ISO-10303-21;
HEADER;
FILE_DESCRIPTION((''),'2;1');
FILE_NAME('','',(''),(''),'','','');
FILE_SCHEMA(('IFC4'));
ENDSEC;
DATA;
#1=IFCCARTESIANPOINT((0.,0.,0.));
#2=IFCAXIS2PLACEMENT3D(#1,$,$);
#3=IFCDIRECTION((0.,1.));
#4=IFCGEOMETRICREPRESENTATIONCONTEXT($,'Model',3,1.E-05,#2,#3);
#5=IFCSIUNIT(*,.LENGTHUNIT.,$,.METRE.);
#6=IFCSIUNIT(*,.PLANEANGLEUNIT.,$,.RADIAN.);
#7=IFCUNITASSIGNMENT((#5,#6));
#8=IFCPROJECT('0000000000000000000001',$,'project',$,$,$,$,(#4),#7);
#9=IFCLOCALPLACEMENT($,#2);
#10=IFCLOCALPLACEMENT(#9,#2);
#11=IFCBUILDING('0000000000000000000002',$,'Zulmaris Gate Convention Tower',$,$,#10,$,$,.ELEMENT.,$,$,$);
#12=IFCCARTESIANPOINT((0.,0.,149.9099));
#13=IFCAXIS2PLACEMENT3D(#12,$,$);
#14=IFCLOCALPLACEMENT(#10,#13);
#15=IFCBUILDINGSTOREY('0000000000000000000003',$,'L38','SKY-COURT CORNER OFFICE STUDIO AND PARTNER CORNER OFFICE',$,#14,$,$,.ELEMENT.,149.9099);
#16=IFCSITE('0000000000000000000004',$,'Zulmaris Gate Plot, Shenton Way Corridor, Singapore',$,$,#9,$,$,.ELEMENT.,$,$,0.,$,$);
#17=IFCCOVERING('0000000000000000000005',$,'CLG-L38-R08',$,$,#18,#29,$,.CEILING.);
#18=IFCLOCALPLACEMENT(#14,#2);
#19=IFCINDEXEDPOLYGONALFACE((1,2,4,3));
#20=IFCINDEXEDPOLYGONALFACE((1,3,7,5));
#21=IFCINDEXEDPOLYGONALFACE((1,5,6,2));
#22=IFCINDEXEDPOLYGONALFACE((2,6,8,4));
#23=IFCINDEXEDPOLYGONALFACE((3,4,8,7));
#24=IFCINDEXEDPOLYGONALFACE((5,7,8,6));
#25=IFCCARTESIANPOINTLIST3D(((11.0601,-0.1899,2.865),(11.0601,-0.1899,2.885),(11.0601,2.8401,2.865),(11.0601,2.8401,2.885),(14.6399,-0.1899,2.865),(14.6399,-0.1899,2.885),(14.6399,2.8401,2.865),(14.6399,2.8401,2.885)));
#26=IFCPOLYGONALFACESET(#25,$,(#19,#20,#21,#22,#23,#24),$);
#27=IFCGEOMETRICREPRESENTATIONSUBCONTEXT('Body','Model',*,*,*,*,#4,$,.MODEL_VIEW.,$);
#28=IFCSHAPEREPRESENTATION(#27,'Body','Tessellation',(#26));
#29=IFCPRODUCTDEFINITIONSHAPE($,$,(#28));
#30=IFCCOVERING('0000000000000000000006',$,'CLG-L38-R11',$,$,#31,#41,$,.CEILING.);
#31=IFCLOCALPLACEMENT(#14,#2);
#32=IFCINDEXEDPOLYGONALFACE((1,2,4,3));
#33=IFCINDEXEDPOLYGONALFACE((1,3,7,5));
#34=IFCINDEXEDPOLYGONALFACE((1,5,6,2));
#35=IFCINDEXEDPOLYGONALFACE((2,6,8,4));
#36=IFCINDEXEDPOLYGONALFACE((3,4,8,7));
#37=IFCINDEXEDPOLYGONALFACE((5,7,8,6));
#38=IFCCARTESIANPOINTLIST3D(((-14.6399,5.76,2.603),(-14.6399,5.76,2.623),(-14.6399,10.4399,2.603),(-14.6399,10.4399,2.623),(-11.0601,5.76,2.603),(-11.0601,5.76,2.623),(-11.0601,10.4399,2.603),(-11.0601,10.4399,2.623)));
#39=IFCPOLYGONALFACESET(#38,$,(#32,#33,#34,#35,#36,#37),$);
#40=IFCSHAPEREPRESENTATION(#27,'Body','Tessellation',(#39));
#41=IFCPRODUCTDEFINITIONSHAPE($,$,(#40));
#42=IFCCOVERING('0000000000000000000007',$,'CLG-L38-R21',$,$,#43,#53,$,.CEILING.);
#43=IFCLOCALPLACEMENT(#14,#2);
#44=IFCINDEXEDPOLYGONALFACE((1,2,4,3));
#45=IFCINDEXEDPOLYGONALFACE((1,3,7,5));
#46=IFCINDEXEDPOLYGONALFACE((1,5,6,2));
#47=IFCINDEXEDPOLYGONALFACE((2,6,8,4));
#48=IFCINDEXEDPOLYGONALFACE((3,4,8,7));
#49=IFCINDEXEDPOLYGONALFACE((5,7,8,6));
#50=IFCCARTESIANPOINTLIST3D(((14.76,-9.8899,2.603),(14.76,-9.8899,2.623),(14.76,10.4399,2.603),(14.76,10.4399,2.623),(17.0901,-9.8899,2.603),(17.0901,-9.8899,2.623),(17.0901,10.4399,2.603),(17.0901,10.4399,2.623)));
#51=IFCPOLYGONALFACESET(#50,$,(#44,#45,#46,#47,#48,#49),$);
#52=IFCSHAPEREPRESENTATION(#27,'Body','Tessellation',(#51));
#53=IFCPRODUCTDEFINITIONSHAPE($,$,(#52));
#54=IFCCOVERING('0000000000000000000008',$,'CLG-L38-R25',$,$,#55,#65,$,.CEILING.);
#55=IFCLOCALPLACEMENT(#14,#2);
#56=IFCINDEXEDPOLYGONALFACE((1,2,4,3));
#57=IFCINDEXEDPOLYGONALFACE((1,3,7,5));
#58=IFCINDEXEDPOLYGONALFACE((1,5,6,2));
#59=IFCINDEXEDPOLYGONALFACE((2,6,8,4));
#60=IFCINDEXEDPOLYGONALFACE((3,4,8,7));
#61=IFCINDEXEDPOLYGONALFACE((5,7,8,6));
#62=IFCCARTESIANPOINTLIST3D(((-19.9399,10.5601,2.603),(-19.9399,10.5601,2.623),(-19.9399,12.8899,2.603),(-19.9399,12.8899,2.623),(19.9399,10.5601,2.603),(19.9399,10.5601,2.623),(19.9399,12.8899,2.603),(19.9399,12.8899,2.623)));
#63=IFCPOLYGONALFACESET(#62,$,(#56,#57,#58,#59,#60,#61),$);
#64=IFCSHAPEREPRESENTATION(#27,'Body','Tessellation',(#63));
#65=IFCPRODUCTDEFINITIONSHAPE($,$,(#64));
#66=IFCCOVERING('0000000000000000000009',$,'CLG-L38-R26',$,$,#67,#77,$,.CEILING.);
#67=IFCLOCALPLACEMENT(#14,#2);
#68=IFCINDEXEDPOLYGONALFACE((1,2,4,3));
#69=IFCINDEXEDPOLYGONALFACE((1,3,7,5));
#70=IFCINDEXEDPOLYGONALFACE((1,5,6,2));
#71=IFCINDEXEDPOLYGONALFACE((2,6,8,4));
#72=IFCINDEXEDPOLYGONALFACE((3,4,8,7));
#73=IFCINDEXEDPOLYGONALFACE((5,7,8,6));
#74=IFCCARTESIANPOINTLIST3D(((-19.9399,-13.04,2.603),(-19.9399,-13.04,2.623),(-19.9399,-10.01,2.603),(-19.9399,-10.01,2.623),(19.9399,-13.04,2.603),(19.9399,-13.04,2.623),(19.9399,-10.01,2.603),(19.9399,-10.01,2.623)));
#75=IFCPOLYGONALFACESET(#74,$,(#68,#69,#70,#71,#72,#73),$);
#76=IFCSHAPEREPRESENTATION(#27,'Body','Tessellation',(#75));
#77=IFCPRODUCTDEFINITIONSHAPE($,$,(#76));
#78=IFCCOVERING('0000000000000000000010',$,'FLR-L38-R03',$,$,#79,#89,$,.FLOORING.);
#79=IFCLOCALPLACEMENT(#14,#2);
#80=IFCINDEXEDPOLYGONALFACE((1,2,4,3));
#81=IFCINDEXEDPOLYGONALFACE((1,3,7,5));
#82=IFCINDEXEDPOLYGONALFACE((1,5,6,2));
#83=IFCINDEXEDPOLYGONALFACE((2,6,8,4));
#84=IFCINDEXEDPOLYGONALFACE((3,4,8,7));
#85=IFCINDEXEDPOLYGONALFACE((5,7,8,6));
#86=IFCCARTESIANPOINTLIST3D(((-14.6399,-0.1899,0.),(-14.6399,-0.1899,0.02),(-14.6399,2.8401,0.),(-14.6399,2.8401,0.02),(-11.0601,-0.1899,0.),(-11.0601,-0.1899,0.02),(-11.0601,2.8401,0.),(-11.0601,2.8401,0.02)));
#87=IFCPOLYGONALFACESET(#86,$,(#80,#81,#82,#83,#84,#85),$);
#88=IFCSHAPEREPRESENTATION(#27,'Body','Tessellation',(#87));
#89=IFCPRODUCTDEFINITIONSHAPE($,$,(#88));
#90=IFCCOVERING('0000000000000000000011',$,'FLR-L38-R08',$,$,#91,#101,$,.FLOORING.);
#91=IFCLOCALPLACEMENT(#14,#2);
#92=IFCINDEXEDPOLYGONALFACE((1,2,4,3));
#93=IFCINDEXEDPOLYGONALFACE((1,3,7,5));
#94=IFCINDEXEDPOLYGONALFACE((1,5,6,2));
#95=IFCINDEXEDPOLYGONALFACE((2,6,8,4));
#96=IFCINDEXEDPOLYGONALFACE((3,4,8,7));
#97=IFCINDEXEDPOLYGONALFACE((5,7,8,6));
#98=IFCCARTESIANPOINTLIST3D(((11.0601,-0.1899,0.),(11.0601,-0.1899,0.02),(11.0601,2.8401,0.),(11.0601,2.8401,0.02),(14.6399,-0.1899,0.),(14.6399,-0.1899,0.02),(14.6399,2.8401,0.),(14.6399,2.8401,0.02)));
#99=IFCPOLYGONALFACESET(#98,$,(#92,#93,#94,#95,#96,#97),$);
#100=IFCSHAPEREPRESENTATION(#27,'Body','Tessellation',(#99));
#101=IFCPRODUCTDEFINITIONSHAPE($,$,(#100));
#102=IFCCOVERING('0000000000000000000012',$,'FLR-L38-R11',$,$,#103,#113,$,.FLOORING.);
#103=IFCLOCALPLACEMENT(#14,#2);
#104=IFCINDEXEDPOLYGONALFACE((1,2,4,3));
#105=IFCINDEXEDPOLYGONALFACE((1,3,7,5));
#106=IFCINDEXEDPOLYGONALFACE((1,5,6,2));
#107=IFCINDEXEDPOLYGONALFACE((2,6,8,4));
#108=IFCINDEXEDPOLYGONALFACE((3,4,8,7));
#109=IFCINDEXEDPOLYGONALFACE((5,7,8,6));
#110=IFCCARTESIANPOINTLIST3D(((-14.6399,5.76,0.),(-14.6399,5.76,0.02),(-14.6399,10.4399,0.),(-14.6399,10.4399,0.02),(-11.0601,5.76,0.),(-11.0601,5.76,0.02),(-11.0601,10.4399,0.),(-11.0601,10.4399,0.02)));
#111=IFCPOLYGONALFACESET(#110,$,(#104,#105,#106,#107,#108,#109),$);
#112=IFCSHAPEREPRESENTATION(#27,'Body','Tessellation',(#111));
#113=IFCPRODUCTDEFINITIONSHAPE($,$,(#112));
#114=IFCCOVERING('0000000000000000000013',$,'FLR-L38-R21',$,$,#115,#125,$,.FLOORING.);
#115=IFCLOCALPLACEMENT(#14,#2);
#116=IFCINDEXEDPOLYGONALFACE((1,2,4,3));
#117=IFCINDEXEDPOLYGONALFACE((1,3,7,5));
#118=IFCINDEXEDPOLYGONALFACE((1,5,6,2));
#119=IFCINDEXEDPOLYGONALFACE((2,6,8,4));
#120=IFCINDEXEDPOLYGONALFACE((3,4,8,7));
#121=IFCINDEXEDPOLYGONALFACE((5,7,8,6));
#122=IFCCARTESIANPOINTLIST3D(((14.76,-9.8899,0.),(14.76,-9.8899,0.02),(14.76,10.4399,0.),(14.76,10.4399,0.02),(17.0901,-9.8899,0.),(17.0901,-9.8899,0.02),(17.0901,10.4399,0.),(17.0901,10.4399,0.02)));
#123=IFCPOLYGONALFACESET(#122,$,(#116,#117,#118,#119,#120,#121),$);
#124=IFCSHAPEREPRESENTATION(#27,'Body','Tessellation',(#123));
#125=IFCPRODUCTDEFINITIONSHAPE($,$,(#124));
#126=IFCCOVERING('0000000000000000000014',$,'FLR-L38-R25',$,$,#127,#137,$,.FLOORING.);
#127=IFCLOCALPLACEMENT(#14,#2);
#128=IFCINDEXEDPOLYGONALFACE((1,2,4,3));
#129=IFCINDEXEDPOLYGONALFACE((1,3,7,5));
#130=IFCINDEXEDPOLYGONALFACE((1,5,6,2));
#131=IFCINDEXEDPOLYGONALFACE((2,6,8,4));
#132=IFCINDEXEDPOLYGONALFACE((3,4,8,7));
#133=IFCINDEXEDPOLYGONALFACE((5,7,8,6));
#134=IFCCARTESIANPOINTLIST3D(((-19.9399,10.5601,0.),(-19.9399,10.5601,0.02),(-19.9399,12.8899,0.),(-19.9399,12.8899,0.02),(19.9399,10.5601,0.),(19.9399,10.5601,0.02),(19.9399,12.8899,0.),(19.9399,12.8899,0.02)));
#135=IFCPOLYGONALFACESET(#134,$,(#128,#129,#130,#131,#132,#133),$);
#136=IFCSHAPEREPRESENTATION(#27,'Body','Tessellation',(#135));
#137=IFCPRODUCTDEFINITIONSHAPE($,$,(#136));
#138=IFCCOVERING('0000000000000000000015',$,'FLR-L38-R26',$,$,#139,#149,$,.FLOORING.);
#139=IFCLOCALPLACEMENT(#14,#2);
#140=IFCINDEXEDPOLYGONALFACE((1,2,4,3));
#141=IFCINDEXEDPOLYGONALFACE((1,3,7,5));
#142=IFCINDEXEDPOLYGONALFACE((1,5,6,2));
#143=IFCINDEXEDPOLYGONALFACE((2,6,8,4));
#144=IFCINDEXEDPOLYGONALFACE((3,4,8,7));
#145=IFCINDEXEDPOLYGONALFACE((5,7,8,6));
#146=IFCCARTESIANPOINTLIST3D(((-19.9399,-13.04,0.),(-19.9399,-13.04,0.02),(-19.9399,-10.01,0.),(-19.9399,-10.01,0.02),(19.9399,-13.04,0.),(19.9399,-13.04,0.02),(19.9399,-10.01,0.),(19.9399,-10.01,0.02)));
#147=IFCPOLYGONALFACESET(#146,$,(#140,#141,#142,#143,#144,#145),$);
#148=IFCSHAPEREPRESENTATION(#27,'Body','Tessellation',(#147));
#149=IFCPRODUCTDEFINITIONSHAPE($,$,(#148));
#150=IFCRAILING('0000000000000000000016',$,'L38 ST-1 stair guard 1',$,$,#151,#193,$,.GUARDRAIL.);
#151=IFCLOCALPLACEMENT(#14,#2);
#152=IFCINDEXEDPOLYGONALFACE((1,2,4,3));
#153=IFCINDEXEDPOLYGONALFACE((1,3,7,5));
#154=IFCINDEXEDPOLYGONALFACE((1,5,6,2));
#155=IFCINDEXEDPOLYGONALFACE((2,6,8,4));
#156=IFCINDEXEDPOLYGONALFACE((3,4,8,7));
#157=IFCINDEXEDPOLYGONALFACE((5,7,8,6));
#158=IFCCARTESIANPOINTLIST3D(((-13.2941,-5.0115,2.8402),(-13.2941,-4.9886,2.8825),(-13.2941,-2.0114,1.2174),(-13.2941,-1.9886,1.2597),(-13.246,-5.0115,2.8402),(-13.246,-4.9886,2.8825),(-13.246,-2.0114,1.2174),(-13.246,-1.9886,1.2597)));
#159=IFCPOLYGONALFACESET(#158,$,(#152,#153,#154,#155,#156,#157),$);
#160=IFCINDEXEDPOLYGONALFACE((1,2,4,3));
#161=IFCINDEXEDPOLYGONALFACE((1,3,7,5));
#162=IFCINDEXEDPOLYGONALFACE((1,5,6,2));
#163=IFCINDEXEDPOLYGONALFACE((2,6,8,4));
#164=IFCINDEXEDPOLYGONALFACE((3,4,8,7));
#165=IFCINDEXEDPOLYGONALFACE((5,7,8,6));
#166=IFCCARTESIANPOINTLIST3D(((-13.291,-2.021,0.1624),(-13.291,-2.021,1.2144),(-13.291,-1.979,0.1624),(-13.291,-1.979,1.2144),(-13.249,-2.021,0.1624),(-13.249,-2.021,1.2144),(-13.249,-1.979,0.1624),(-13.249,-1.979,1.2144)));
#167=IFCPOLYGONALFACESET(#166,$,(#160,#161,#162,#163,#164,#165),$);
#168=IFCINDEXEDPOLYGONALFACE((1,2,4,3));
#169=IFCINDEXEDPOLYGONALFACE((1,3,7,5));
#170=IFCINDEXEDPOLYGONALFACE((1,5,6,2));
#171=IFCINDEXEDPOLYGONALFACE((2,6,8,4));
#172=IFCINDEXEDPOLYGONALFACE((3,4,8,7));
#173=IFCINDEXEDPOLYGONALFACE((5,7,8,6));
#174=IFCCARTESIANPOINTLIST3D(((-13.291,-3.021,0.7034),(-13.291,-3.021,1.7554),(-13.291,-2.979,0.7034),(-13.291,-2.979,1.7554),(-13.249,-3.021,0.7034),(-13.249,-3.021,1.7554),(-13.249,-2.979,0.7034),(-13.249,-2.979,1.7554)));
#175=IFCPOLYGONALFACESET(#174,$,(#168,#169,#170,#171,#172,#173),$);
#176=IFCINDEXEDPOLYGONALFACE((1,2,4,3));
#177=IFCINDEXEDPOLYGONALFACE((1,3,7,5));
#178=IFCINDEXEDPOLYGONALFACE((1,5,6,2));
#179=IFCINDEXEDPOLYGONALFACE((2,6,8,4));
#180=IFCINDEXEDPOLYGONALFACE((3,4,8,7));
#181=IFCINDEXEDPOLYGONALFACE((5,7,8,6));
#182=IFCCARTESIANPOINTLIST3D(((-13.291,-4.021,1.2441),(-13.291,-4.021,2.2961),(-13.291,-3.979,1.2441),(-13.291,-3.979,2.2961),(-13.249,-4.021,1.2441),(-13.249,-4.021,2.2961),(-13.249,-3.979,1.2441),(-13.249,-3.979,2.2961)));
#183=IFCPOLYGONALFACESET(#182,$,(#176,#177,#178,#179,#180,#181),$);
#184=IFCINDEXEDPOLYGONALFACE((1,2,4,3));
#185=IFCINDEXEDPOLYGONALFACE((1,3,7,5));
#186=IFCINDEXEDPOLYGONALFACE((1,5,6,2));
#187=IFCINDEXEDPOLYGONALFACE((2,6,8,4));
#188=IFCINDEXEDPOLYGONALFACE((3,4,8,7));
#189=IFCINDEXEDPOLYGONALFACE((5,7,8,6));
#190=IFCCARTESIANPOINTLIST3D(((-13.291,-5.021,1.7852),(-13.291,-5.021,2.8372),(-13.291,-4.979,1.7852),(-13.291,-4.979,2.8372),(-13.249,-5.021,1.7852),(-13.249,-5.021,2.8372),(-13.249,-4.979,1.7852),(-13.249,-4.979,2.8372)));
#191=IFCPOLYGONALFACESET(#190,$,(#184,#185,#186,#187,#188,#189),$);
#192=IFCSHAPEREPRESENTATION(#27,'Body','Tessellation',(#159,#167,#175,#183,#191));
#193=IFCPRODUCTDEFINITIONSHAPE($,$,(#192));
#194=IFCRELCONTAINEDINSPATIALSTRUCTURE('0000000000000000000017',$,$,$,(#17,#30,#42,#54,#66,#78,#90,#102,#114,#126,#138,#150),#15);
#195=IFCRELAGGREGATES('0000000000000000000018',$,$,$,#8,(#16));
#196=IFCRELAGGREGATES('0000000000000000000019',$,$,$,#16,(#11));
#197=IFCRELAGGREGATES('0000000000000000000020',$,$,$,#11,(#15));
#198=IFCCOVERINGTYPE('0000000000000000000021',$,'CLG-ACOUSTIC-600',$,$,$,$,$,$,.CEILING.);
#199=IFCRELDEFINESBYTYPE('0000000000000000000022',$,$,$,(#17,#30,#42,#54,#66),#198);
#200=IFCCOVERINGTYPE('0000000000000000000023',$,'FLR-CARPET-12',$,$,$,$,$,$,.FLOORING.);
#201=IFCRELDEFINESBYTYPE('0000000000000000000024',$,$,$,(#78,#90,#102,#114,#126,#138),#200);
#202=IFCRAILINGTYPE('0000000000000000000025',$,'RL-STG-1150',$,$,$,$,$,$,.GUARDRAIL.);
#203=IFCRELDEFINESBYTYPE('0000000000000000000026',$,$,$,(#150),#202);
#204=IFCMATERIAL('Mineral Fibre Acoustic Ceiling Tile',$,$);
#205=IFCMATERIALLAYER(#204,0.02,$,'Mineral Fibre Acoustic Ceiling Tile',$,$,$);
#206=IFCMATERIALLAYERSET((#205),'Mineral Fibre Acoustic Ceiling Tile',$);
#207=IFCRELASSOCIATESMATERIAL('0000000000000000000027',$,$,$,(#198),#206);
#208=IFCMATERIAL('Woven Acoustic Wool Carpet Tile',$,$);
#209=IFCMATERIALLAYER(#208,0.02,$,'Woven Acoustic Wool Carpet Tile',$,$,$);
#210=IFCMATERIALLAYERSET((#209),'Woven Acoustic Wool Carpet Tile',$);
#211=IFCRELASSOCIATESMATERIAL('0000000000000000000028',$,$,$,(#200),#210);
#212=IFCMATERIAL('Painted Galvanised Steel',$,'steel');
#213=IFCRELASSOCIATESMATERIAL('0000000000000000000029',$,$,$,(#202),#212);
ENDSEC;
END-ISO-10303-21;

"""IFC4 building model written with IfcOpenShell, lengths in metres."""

from ifc_helpers import new_model, si_unit, direction, frame, origin, origin_2d, place, context, subcontext, project, spatial, polyline, rectangle, outline, extrude, material, layer, layer_set, type_object, element, save


model = new_model("IFC4")

# Units and contexts
model_context = context("Model", 3, precision=1e-05, world=origin(), true_north=direction((0.0, 1.0)))
body_context = subcontext(model_context, "Body", "Model", "MODEL_VIEW")
ifc_project = project(units=[si_unit("LENGTHUNIT", "METRE"), si_unit("PLANEANGLEUNIT", "RADIAN")], contexts=[model_context])

# Site, building, storey
site_placement = place(None, origin())
site = spatial("IfcSite", under=ifc_project, at=site_placement, Name="Zulmaris Gate Plot, Shenton Way Corridor, Singapore", CompositionType="ELEMENT", RefElevation=0.0)
building_placement = place(site_placement, origin())
building = spatial("IfcBuilding", under=site, at=building_placement, Name="Zulmaris Gate Convention Tower", CompositionType="ELEMENT")
storey_placement = place(building_placement, frame((0.0, 0.0, 149.9099)))
storey = spatial("IfcBuildingStorey", under=building, at=storey_placement, Name="L38", Description="SKY-COURT CORNER OFFICE STUDIO AND PARTNER CORNER OFFICE", CompositionType="ELEMENT", Elevation=149.9099)

# Coverings
ifc_material_1 = material(Name="Mineral Fibre Acoustic Ceiling Tile")
ifc_layer_1 = layer(ifc_material_1, 0.02, Name="Mineral Fibre Acoustic Ceiling Tile")
ifc_layer_set_1 = layer_set([ifc_layer_1], Name="Mineral Fibre Acoustic Ceiling Tile")
covering_type_1 = type_object("IfcCoveringType", Name="CLG-ACOUSTIC-600", PredefinedType="CEILING", material=ifc_layer_set_1)
covering_1_placement = place(storey_placement, frame((0.0, 0.0, 2.865)))
element("IfcCovering", 1, at=covering_1_placement, inside=storey, type_object=covering_type_1, Name="CLG-L38-R08", PredefinedType="CEILING", context=body_context, shape_type="SweptSolid", body=[
    extrude(outline(polyline([(11.0601, -0.1899), (14.6399, -0.1899), (14.6399, 2.8401), (11.0601, 2.8401), (11.0601, -0.1899)])), origin(), (0.0, 0.0, 1.0), 0.02),
])
covering_2_placement = place(storey_placement, frame((0.0, 0.0, 2.603)))
element("IfcCovering", 2, at=covering_2_placement, inside=storey, type_object=covering_type_1, Name="CLG-L38-R11", PredefinedType="CEILING", context=body_context, shape_type="SweptSolid", body=[
    extrude(outline(polyline([(-14.6399, 5.76), (-11.0601, 5.76), (-11.0601, 10.4399), (-14.6399, 10.4399), (-14.6399, 5.76)])), origin(), (0.0, 0.0, 1.0), 0.02),
])
covering_3_placement = place(storey_placement, frame((0.0, 0.0, 2.603)))
element("IfcCovering", 3, at=covering_3_placement, inside=storey, type_object=covering_type_1, Name="CLG-L38-R21", PredefinedType="CEILING", context=body_context, shape_type="SweptSolid", body=[
    extrude(outline(polyline([(14.76, -9.8899), (17.0901, -9.8899), (17.0901, 10.4399), (14.76, 10.4399), (14.76, -9.8899)])), origin(), (0.0, 0.0, 1.0), 0.02),
])
covering_4_placement = place(storey_placement, frame((0.0, 0.0, 2.603)))
element("IfcCovering", 4, at=covering_4_placement, inside=storey, type_object=covering_type_1, Name="CLG-L38-R25", PredefinedType="CEILING", context=body_context, shape_type="SweptSolid", body=[
    extrude(outline(polyline([(-19.9399, 10.5601), (19.9399, 10.5601), (19.9399, 12.8899), (-19.9399, 12.8899), (-19.9399, 10.5601)])), origin(), (0.0, 0.0, 1.0), 0.02),
])
covering_5_placement = place(storey_placement, frame((0.0, 0.0, 2.603)))
element("IfcCovering", 5, at=covering_5_placement, inside=storey, type_object=covering_type_1, Name="CLG-L38-R26", PredefinedType="CEILING", context=body_context, shape_type="SweptSolid", body=[
    extrude(outline(polyline([(-19.9399, -13.04), (19.9399, -13.04), (19.9399, -10.01), (-19.9399, -10.01), (-19.9399, -13.04)])), origin(), (0.0, 0.0, 1.0), 0.02),
])
ifc_material_2 = material(Name="Woven Acoustic Wool Carpet Tile")
ifc_layer_2 = layer(ifc_material_2, 0.02, Name="Woven Acoustic Wool Carpet Tile")
ifc_layer_set_2 = layer_set([ifc_layer_2], Name="Woven Acoustic Wool Carpet Tile")
covering_type_2 = type_object("IfcCoveringType", Name="FLR-CARPET-12", PredefinedType="FLOORING", material=ifc_layer_set_2)
covering_6_placement = place(storey_placement, origin())
element("IfcCovering", 6, at=covering_6_placement, inside=storey, type_object=covering_type_2, Name="FLR-L38-R03", PredefinedType="FLOORING", context=body_context, shape_type="SweptSolid", body=[
    extrude(outline(polyline([(-14.6399, -0.1899), (-11.0601, -0.1899), (-11.0601, 2.8401), (-14.6399, 2.8401), (-14.6399, -0.1899)])), origin(), (0.0, 0.0, 1.0), 0.02),
])
covering_7_placement = place(storey_placement, origin())
element("IfcCovering", 7, at=covering_7_placement, inside=storey, type_object=covering_type_2, Name="FLR-L38-R08", PredefinedType="FLOORING", context=body_context, shape_type="SweptSolid", body=[
    extrude(outline(polyline([(11.0601, -0.1899), (14.6399, -0.1899), (14.6399, 2.8401), (11.0601, 2.8401), (11.0601, -0.1899)])), origin(), (0.0, 0.0, 1.0), 0.02),
])
covering_8_placement = place(storey_placement, origin())
element("IfcCovering", 8, at=covering_8_placement, inside=storey, type_object=covering_type_2, Name="FLR-L38-R11", PredefinedType="FLOORING", context=body_context, shape_type="SweptSolid", body=[
    extrude(outline(polyline([(-14.6399, 5.76), (-11.0601, 5.76), (-11.0601, 10.4399), (-14.6399, 10.4399), (-14.6399, 5.76)])), origin(), (0.0, 0.0, 1.0), 0.02),
])
covering_9_placement = place(storey_placement, origin())
element("IfcCovering", 9, at=covering_9_placement, inside=storey, type_object=covering_type_2, Name="FLR-L38-R21", PredefinedType="FLOORING", context=body_context, shape_type="SweptSolid", body=[
    extrude(outline(polyline([(14.76, -9.8899), (17.0901, -9.8899), (17.0901, 10.4399), (14.76, 10.4399), (14.76, -9.8899)])), origin(), (0.0, 0.0, 1.0), 0.02),
])
covering_10_placement = place(storey_placement, origin())
element("IfcCovering", 10, at=covering_10_placement, inside=storey, type_object=covering_type_2, Name="FLR-L38-R25", PredefinedType="FLOORING", context=body_context, shape_type="SweptSolid", body=[
    extrude(outline(polyline([(-19.9399, 10.5601), (19.9399, 10.5601), (19.9399, 12.8899), (-19.9399, 12.8899), (-19.9399, 10.5601)])), origin(), (0.0, 0.0, 1.0), 0.02),
])
covering_11_placement = place(storey_placement, origin())
element("IfcCovering", 11, at=covering_11_placement, inside=storey, type_object=covering_type_2, Name="FLR-L38-R26", PredefinedType="FLOORING", context=body_context, shape_type="SweptSolid", body=[
    extrude(outline(polyline([(-19.9399, -13.04), (19.9399, -13.04), (19.9399, -10.01), (-19.9399, -10.01), (-19.9399, -13.04)])), origin(), (0.0, 0.0, 1.0), 0.02),
])

# Railing
ifc_material_3 = material(Name="Painted Galvanised Steel", Category="steel")
railing_type_1 = type_object("IfcRailingType", Name="RL-STG-1150", PredefinedType="GUARDRAIL", material=ifc_material_3)
railing_1_placement = place(storey_placement, frame((-13.27, -2.0, 0.1624)))
element("IfcRailing", 12, at=railing_1_placement, inside=storey, type_object=railing_type_1, Name="L38 ST-1 stair guard 1", PredefinedType="GUARDRAIL", context=body_context, shape_type="SweptSolid", body=[
    extrude(rectangle(XDim=0.0481, YDim=0.0481, at=origin_2d()), frame((0.0, 0.0, 1.0762), z_axis=(0.0, -0.879562, 0.475785), x_axis=(1.0, 0.0, 0.0)), (0.0, 0.0, 1.0), 3.4109),
    extrude(rectangle(XDim=0.042, YDim=0.042, at=origin_2d()), origin(), (0.0, 0.0, 1.0), 1.052),
    extrude(rectangle(XDim=0.042, YDim=0.042, at=origin_2d()), frame((0.0, -1.0, 0.541)), (0.0, 0.0, 1.0), 1.052),
    extrude(rectangle(XDim=0.042, YDim=0.042, at=origin_2d()), frame((0.0, -2.0, 1.0818)), (0.0, 0.0, 1.0), 1.052),
    extrude(rectangle(XDim=0.042, YDim=0.042, at=origin_2d()), frame((0.0, -3.0, 1.6228)), (0.0, 0.0, 1.0), 1.052),
])

save(model, "model.ifc")
